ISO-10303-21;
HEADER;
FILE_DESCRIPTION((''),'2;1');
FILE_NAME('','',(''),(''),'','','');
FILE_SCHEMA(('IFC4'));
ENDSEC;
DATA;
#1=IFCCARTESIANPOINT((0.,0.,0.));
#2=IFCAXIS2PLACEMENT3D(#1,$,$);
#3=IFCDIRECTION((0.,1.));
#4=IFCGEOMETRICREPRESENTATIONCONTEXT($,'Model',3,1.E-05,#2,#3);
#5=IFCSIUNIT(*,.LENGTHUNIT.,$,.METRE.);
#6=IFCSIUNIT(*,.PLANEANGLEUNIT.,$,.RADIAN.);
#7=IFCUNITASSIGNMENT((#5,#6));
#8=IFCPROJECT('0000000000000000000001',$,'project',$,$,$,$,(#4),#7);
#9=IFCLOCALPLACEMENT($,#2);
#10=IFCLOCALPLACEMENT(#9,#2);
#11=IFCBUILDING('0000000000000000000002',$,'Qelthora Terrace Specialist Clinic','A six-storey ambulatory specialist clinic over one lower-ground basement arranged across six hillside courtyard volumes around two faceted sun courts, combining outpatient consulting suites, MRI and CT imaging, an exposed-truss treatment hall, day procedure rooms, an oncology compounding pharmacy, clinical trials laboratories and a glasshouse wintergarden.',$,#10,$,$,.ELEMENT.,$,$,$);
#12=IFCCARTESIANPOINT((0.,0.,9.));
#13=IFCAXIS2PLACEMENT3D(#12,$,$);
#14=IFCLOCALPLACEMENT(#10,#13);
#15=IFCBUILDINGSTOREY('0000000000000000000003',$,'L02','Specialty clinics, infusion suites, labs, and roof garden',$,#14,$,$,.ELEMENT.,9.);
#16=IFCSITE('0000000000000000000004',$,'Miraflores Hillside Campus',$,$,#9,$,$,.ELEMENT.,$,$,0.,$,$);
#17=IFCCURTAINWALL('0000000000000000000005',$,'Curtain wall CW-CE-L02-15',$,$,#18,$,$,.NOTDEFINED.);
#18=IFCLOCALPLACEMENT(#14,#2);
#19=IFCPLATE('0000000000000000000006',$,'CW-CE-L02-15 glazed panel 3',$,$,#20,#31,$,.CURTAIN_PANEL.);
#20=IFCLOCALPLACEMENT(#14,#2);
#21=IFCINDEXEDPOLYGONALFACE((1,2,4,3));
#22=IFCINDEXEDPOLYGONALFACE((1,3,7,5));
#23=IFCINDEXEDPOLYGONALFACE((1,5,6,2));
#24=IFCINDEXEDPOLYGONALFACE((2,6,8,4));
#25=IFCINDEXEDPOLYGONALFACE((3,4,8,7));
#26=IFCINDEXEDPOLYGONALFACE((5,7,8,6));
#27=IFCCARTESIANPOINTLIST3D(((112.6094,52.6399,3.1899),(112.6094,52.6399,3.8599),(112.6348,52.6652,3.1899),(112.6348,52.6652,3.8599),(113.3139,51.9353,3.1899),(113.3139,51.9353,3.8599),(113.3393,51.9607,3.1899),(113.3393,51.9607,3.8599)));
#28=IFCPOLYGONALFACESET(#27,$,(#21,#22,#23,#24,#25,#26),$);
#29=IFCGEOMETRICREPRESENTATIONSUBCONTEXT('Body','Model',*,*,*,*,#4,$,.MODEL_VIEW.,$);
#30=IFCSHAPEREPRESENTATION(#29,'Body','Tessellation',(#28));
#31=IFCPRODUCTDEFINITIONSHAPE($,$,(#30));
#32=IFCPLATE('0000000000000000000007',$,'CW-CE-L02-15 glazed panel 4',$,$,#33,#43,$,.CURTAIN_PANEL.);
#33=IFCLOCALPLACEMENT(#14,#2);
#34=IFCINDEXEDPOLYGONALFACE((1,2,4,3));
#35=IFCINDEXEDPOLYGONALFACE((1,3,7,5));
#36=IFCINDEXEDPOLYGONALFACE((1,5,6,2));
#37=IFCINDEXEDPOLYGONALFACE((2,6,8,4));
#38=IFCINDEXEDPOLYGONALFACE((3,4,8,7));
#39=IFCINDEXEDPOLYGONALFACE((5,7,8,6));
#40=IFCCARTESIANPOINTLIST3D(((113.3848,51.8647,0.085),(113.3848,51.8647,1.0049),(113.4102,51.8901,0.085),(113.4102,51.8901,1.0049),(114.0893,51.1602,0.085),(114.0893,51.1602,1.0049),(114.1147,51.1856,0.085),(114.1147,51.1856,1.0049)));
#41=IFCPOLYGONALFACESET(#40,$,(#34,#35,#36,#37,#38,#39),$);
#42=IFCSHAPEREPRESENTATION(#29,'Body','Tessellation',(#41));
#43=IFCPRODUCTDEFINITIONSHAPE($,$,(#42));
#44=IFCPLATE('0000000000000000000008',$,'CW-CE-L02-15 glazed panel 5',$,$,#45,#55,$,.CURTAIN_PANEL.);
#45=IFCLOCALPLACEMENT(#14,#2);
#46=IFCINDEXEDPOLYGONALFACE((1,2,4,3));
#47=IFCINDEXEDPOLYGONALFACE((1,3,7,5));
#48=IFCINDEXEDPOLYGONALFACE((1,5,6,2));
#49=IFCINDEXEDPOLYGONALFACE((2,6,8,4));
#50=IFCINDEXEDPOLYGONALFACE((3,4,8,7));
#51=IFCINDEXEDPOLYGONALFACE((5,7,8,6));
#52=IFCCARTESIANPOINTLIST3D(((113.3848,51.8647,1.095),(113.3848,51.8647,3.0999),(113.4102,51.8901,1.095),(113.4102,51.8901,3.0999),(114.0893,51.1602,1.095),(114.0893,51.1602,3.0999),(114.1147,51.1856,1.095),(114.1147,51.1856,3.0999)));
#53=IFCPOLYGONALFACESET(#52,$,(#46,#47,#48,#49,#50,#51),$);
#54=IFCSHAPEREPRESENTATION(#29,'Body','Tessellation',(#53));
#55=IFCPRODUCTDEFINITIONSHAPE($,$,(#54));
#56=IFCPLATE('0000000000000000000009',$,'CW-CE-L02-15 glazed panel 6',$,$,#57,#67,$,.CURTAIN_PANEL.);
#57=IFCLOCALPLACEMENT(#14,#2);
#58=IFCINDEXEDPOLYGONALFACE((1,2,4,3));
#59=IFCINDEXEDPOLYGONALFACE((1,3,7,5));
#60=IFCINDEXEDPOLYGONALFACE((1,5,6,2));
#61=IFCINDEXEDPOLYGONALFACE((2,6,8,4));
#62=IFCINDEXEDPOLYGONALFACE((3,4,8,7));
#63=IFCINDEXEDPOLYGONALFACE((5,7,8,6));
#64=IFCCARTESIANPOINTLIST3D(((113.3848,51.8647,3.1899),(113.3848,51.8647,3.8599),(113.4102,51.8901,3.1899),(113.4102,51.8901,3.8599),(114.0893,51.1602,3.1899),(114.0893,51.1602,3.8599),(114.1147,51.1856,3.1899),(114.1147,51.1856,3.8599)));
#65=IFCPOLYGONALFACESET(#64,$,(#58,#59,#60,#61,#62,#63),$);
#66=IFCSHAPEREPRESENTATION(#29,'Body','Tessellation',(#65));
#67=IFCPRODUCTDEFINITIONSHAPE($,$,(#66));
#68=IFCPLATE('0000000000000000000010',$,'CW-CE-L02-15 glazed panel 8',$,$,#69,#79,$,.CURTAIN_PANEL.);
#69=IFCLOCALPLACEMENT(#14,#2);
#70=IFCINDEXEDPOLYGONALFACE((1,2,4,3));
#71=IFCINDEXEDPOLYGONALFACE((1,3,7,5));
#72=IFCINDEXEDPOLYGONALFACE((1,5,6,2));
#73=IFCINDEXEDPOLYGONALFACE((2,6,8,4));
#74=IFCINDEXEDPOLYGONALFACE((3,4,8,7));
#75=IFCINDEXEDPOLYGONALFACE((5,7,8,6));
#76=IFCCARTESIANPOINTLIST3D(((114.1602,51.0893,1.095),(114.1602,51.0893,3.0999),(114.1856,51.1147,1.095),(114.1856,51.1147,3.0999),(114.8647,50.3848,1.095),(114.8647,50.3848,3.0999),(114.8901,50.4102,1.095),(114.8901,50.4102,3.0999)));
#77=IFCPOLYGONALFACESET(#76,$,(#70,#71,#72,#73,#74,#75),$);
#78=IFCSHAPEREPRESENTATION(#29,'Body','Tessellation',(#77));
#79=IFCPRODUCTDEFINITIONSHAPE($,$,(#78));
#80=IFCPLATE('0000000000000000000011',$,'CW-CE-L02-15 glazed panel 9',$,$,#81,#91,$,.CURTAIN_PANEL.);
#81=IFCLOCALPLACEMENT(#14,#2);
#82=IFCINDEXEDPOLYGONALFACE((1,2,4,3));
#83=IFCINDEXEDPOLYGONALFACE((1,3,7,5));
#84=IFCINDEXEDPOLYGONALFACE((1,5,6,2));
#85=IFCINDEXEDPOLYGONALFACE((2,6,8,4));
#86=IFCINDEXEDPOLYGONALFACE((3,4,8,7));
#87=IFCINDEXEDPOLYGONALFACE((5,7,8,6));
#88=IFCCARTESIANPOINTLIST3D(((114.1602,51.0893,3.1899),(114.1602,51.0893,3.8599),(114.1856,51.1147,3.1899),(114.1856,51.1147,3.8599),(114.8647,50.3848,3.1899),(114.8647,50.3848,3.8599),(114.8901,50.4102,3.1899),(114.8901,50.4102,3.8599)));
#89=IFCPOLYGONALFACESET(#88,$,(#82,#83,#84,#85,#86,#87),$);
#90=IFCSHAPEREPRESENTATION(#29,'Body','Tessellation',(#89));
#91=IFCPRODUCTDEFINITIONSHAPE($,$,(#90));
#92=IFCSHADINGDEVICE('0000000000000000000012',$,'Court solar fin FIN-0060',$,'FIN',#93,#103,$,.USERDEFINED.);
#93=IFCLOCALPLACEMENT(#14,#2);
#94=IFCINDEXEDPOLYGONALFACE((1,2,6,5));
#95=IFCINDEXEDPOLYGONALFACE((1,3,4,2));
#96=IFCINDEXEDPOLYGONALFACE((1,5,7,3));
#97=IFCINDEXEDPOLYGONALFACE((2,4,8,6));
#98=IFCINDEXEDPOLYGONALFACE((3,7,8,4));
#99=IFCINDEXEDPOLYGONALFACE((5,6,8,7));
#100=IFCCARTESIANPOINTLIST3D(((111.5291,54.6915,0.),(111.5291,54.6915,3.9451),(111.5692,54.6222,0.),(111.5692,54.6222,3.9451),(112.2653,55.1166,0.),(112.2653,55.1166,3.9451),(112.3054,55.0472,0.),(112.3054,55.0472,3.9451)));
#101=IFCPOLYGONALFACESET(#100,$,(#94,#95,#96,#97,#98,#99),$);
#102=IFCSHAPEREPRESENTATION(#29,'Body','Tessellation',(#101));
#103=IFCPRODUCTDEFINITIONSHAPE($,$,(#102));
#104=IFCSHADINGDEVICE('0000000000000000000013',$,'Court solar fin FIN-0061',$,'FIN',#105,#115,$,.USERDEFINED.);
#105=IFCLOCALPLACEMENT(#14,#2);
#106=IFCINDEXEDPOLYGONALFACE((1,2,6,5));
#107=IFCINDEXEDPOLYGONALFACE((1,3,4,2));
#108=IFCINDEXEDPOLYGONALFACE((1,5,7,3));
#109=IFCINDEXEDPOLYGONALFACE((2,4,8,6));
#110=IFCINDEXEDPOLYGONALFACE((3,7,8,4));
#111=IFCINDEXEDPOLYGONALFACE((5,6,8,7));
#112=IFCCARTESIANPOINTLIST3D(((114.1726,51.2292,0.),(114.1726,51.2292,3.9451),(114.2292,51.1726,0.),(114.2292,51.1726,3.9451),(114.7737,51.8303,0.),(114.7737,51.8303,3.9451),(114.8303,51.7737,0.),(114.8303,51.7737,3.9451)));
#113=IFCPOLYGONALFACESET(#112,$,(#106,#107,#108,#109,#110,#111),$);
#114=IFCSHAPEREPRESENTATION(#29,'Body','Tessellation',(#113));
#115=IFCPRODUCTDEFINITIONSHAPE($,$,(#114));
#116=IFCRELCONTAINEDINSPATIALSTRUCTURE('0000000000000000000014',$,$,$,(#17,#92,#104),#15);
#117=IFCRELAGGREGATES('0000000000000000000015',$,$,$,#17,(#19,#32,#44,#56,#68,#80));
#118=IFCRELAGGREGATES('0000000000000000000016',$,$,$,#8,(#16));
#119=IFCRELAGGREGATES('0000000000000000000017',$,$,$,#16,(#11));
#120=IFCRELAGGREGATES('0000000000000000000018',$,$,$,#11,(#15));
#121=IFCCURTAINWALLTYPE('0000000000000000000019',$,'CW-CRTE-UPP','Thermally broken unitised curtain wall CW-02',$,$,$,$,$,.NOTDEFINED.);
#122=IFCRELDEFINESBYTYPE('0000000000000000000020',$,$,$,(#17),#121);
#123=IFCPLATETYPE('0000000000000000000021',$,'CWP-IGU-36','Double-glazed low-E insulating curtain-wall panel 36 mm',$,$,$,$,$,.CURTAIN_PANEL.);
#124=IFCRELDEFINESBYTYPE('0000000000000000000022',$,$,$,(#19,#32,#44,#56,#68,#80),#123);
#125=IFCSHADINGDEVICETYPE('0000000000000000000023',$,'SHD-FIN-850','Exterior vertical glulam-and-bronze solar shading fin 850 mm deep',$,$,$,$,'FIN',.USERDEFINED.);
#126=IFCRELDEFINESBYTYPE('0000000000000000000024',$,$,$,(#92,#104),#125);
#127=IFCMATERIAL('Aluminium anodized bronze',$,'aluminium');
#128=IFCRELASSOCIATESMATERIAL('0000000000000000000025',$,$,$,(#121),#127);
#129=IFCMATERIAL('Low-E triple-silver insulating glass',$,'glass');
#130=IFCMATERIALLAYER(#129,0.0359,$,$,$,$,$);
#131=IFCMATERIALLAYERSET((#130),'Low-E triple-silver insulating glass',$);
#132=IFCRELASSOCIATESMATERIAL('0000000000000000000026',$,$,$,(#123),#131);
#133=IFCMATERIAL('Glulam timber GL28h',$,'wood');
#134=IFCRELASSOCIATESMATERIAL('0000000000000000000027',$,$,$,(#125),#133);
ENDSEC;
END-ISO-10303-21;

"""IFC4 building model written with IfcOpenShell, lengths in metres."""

from ifc_helpers import new_model, si_unit, direction, frame, origin, origin_2d, place, context, subcontext, project, spatial, rectangle, extrude, material, layer, layer_set, type_object, element, aggregate, save


model = new_model("IFC4")

# Units and contexts
model_context = context("Model", 3, precision=1e-05, world=origin(), true_north=direction((0.0, 1.0)))
body_context = subcontext(model_context, "Body", "Model", "MODEL_VIEW")
ifc_project = project(units=[si_unit("LENGTHUNIT", "METRE"), si_unit("PLANEANGLEUNIT", "RADIAN")], contexts=[model_context])

# Site, building, storey
site_placement = place(None, origin())
site = spatial("IfcSite", under=ifc_project, at=site_placement, Name="Miraflores Hillside Campus", CompositionType="ELEMENT", RefElevation=0.0)
building_placement = place(site_placement, origin())
building = spatial("IfcBuilding", under=site, at=building_placement, Name="Qelthora Terrace Specialist Clinic", Description="A six-storey ambulatory specialist clinic over one lower-ground basement arranged across six hillside courtyard volumes around two faceted sun courts, combining outpatient consulting suites, MRI and CT imaging, an exposed-truss treatment hall, day procedure rooms, an oncology compounding pharmacy, clinical trials laboratories and a glasshouse wintergarden.", CompositionType="ELEMENT")
storey_placement = place(building_placement, frame((0.0, 0.0, 9.0)))
storey = spatial("IfcBuildingStorey", under=building, at=storey_placement, Name="L02", Description="Specialty clinics, infusion suites, labs, and roof garden", CompositionType="ELEMENT", Elevation=9.0)

# Curtain wall
ifc_material_1 = material(Name="Aluminium anodized bronze", Category="aluminium")
curtain_wall_type = type_object("IfcCurtainWallType", Name="CW-CRTE-UPP", Description="Thermally broken unitised curtain wall CW-02", PredefinedType="NOTDEFINED", material=ifc_material_1)
curtain_wall_1_placement = place(storey_placement, origin())
curtain_wall_1 = element("IfcCurtainWall", 1, at=curtain_wall_1_placement, inside=storey, type_object=curtain_wall_type, Name="Curtain wall CW-CE-L02-15", PredefinedType="NOTDEFINED")

# Plates
ifc_material_2 = material(Name="Low-E triple-silver insulating glass", Category="glass")
ifc_layer = layer(ifc_material_2, 0.0359)
ifc_layer_set = layer_set([ifc_layer], Name="Low-E triple-silver insulating glass")
plate_type = type_object("IfcPlateType", Name="CWP-IGU-36", Description="Double-glazed low-E insulating curtain-wall panel 36 mm", PredefinedType="CURTAIN_PANEL", material=ifc_layer_set)
plate_1_placement = place(storey_placement, frame((112.9744, 52.3003, 3.1899), z_axis=(0.0, 0.0, 1.0), x_axis=(0.707107, -0.707107, 0.0)))
plate_1 = element("IfcPlate", 2, at=plate_1_placement, type_object=plate_type, Name="CW-CE-L02-15 glazed panel 3", PredefinedType="CURTAIN_PANEL", context=body_context, shape_type="SweptSolid", body=[
    extrude(rectangle(XDim=0.9963, YDim=0.0359, at=origin_2d()), origin(), (0.0, 0.0, 1.0), 0.6699),
])
plate_2_placement = place(storey_placement, frame((113.7498, 51.5251, 0.085), z_axis=(0.0, 0.0, 1.0), x_axis=(0.707107, -0.707107, 0.0)))
plate_2 = element("IfcPlate", 3, at=plate_2_placement, type_object=plate_type, Name="CW-CE-L02-15 glazed panel 4", PredefinedType="CURTAIN_PANEL", context=body_context, shape_type="SweptSolid", body=[
    extrude(rectangle(XDim=0.9963, YDim=0.0359, at=origin_2d()), origin(), (0.0, 0.0, 1.0), 0.9199),
])
plate_3_placement = place(storey_placement, frame((113.7498, 51.5251, 1.095), z_axis=(0.0, 0.0, 1.0), x_axis=(0.707107, -0.707107, 0.0)))
plate_3 = element("IfcPlate", 4, at=plate_3_placement, type_object=plate_type, Name="CW-CE-L02-15 glazed panel 5", PredefinedType="CURTAIN_PANEL", context=body_context, shape_type="SweptSolid", body=[
    extrude(rectangle(XDim=0.9963, YDim=0.0359, at=origin_2d()), origin(), (0.0, 0.0, 1.0), 2.0049),
])
plate_4_placement = place(storey_placement, frame((113.7498, 51.5251, 3.1899), z_axis=(0.0, 0.0, 1.0), x_axis=(0.707107, -0.707107, 0.0)))
plate_4 = element("IfcPlate", 5, at=plate_4_placement, type_object=plate_type, Name="CW-CE-L02-15 glazed panel 6", PredefinedType="CURTAIN_PANEL", context=body_context, shape_type="SweptSolid", body=[
    extrude(rectangle(XDim=0.9963, YDim=0.0359, at=origin_2d()), origin(), (0.0, 0.0, 1.0), 0.6699),
])
plate_5_placement = place(storey_placement, frame((114.5251, 50.7498, 1.095), z_axis=(0.0, 0.0, 1.0), x_axis=(0.707107, -0.707107, 0.0)))
plate_5 = element("IfcPlate", 6, at=plate_5_placement, type_object=plate_type, Name="CW-CE-L02-15 glazed panel 8", PredefinedType="CURTAIN_PANEL", context=body_context, shape_type="SweptSolid", body=[
    extrude(rectangle(XDim=0.9963, YDim=0.0359, at=origin_2d()), origin(), (0.0, 0.0, 1.0), 2.0049),
])
plate_6_placement = place(storey_placement, frame((114.5251, 50.7498, 3.1899), z_axis=(0.0, 0.0, 1.0), x_axis=(0.707107, -0.707107, 0.0)))
plate_6 = element("IfcPlate", 7, at=plate_6_placement, type_object=plate_type, Name="CW-CE-L02-15 glazed panel 9", PredefinedType="CURTAIN_PANEL", context=body_context, shape_type="SweptSolid", body=[
    extrude(rectangle(XDim=0.9963, YDim=0.0359, at=origin_2d()), origin(), (0.0, 0.0, 1.0), 0.6699),
])
aggregate(curtain_wall_1, [plate_1, plate_2, plate_3, plate_4, plate_5, plate_6])

# Shading devices
ifc_material_3 = material(Name="Glulam timber GL28h", Category="wood")
shading_device_type = type_object("IfcShadingDeviceType", Name="SHD-FIN-850", Description="Exterior vertical glulam-and-bronze solar shading fin 850 mm deep", ElementType="FIN", PredefinedType="USERDEFINED", material=ifc_material_3)
for number, where, z_axis, x_axis, name in (
    (8, (111.9172, 54.8694, 0.0), (0.0, 0.0, 1.0), (0.866025, 0.5, 0.0), "Court solar fin FIN-0060"),
    (9, (114.5015, 51.5015, 0.0), (0.0, 0.0, 1.0), (0.707107, 0.707107, 0.0), "Court solar fin FIN-0061"),
):
    element("IfcShadingDevice", number, at=place(storey_placement, frame(where, z_axis=z_axis, x_axis=x_axis)), inside=storey, type_object=shading_device_type, Name=name, ObjectType="FIN", PredefinedType="USERDEFINED", context=body_context, shape_type="SweptSolid", body=[
        extrude(rectangle(XDim=0.8501, YDim=0.0801, at=origin_2d()), origin(), (0.0, 0.0, 1.0), 3.9451),
    ])

save(model, "model.ifc")
